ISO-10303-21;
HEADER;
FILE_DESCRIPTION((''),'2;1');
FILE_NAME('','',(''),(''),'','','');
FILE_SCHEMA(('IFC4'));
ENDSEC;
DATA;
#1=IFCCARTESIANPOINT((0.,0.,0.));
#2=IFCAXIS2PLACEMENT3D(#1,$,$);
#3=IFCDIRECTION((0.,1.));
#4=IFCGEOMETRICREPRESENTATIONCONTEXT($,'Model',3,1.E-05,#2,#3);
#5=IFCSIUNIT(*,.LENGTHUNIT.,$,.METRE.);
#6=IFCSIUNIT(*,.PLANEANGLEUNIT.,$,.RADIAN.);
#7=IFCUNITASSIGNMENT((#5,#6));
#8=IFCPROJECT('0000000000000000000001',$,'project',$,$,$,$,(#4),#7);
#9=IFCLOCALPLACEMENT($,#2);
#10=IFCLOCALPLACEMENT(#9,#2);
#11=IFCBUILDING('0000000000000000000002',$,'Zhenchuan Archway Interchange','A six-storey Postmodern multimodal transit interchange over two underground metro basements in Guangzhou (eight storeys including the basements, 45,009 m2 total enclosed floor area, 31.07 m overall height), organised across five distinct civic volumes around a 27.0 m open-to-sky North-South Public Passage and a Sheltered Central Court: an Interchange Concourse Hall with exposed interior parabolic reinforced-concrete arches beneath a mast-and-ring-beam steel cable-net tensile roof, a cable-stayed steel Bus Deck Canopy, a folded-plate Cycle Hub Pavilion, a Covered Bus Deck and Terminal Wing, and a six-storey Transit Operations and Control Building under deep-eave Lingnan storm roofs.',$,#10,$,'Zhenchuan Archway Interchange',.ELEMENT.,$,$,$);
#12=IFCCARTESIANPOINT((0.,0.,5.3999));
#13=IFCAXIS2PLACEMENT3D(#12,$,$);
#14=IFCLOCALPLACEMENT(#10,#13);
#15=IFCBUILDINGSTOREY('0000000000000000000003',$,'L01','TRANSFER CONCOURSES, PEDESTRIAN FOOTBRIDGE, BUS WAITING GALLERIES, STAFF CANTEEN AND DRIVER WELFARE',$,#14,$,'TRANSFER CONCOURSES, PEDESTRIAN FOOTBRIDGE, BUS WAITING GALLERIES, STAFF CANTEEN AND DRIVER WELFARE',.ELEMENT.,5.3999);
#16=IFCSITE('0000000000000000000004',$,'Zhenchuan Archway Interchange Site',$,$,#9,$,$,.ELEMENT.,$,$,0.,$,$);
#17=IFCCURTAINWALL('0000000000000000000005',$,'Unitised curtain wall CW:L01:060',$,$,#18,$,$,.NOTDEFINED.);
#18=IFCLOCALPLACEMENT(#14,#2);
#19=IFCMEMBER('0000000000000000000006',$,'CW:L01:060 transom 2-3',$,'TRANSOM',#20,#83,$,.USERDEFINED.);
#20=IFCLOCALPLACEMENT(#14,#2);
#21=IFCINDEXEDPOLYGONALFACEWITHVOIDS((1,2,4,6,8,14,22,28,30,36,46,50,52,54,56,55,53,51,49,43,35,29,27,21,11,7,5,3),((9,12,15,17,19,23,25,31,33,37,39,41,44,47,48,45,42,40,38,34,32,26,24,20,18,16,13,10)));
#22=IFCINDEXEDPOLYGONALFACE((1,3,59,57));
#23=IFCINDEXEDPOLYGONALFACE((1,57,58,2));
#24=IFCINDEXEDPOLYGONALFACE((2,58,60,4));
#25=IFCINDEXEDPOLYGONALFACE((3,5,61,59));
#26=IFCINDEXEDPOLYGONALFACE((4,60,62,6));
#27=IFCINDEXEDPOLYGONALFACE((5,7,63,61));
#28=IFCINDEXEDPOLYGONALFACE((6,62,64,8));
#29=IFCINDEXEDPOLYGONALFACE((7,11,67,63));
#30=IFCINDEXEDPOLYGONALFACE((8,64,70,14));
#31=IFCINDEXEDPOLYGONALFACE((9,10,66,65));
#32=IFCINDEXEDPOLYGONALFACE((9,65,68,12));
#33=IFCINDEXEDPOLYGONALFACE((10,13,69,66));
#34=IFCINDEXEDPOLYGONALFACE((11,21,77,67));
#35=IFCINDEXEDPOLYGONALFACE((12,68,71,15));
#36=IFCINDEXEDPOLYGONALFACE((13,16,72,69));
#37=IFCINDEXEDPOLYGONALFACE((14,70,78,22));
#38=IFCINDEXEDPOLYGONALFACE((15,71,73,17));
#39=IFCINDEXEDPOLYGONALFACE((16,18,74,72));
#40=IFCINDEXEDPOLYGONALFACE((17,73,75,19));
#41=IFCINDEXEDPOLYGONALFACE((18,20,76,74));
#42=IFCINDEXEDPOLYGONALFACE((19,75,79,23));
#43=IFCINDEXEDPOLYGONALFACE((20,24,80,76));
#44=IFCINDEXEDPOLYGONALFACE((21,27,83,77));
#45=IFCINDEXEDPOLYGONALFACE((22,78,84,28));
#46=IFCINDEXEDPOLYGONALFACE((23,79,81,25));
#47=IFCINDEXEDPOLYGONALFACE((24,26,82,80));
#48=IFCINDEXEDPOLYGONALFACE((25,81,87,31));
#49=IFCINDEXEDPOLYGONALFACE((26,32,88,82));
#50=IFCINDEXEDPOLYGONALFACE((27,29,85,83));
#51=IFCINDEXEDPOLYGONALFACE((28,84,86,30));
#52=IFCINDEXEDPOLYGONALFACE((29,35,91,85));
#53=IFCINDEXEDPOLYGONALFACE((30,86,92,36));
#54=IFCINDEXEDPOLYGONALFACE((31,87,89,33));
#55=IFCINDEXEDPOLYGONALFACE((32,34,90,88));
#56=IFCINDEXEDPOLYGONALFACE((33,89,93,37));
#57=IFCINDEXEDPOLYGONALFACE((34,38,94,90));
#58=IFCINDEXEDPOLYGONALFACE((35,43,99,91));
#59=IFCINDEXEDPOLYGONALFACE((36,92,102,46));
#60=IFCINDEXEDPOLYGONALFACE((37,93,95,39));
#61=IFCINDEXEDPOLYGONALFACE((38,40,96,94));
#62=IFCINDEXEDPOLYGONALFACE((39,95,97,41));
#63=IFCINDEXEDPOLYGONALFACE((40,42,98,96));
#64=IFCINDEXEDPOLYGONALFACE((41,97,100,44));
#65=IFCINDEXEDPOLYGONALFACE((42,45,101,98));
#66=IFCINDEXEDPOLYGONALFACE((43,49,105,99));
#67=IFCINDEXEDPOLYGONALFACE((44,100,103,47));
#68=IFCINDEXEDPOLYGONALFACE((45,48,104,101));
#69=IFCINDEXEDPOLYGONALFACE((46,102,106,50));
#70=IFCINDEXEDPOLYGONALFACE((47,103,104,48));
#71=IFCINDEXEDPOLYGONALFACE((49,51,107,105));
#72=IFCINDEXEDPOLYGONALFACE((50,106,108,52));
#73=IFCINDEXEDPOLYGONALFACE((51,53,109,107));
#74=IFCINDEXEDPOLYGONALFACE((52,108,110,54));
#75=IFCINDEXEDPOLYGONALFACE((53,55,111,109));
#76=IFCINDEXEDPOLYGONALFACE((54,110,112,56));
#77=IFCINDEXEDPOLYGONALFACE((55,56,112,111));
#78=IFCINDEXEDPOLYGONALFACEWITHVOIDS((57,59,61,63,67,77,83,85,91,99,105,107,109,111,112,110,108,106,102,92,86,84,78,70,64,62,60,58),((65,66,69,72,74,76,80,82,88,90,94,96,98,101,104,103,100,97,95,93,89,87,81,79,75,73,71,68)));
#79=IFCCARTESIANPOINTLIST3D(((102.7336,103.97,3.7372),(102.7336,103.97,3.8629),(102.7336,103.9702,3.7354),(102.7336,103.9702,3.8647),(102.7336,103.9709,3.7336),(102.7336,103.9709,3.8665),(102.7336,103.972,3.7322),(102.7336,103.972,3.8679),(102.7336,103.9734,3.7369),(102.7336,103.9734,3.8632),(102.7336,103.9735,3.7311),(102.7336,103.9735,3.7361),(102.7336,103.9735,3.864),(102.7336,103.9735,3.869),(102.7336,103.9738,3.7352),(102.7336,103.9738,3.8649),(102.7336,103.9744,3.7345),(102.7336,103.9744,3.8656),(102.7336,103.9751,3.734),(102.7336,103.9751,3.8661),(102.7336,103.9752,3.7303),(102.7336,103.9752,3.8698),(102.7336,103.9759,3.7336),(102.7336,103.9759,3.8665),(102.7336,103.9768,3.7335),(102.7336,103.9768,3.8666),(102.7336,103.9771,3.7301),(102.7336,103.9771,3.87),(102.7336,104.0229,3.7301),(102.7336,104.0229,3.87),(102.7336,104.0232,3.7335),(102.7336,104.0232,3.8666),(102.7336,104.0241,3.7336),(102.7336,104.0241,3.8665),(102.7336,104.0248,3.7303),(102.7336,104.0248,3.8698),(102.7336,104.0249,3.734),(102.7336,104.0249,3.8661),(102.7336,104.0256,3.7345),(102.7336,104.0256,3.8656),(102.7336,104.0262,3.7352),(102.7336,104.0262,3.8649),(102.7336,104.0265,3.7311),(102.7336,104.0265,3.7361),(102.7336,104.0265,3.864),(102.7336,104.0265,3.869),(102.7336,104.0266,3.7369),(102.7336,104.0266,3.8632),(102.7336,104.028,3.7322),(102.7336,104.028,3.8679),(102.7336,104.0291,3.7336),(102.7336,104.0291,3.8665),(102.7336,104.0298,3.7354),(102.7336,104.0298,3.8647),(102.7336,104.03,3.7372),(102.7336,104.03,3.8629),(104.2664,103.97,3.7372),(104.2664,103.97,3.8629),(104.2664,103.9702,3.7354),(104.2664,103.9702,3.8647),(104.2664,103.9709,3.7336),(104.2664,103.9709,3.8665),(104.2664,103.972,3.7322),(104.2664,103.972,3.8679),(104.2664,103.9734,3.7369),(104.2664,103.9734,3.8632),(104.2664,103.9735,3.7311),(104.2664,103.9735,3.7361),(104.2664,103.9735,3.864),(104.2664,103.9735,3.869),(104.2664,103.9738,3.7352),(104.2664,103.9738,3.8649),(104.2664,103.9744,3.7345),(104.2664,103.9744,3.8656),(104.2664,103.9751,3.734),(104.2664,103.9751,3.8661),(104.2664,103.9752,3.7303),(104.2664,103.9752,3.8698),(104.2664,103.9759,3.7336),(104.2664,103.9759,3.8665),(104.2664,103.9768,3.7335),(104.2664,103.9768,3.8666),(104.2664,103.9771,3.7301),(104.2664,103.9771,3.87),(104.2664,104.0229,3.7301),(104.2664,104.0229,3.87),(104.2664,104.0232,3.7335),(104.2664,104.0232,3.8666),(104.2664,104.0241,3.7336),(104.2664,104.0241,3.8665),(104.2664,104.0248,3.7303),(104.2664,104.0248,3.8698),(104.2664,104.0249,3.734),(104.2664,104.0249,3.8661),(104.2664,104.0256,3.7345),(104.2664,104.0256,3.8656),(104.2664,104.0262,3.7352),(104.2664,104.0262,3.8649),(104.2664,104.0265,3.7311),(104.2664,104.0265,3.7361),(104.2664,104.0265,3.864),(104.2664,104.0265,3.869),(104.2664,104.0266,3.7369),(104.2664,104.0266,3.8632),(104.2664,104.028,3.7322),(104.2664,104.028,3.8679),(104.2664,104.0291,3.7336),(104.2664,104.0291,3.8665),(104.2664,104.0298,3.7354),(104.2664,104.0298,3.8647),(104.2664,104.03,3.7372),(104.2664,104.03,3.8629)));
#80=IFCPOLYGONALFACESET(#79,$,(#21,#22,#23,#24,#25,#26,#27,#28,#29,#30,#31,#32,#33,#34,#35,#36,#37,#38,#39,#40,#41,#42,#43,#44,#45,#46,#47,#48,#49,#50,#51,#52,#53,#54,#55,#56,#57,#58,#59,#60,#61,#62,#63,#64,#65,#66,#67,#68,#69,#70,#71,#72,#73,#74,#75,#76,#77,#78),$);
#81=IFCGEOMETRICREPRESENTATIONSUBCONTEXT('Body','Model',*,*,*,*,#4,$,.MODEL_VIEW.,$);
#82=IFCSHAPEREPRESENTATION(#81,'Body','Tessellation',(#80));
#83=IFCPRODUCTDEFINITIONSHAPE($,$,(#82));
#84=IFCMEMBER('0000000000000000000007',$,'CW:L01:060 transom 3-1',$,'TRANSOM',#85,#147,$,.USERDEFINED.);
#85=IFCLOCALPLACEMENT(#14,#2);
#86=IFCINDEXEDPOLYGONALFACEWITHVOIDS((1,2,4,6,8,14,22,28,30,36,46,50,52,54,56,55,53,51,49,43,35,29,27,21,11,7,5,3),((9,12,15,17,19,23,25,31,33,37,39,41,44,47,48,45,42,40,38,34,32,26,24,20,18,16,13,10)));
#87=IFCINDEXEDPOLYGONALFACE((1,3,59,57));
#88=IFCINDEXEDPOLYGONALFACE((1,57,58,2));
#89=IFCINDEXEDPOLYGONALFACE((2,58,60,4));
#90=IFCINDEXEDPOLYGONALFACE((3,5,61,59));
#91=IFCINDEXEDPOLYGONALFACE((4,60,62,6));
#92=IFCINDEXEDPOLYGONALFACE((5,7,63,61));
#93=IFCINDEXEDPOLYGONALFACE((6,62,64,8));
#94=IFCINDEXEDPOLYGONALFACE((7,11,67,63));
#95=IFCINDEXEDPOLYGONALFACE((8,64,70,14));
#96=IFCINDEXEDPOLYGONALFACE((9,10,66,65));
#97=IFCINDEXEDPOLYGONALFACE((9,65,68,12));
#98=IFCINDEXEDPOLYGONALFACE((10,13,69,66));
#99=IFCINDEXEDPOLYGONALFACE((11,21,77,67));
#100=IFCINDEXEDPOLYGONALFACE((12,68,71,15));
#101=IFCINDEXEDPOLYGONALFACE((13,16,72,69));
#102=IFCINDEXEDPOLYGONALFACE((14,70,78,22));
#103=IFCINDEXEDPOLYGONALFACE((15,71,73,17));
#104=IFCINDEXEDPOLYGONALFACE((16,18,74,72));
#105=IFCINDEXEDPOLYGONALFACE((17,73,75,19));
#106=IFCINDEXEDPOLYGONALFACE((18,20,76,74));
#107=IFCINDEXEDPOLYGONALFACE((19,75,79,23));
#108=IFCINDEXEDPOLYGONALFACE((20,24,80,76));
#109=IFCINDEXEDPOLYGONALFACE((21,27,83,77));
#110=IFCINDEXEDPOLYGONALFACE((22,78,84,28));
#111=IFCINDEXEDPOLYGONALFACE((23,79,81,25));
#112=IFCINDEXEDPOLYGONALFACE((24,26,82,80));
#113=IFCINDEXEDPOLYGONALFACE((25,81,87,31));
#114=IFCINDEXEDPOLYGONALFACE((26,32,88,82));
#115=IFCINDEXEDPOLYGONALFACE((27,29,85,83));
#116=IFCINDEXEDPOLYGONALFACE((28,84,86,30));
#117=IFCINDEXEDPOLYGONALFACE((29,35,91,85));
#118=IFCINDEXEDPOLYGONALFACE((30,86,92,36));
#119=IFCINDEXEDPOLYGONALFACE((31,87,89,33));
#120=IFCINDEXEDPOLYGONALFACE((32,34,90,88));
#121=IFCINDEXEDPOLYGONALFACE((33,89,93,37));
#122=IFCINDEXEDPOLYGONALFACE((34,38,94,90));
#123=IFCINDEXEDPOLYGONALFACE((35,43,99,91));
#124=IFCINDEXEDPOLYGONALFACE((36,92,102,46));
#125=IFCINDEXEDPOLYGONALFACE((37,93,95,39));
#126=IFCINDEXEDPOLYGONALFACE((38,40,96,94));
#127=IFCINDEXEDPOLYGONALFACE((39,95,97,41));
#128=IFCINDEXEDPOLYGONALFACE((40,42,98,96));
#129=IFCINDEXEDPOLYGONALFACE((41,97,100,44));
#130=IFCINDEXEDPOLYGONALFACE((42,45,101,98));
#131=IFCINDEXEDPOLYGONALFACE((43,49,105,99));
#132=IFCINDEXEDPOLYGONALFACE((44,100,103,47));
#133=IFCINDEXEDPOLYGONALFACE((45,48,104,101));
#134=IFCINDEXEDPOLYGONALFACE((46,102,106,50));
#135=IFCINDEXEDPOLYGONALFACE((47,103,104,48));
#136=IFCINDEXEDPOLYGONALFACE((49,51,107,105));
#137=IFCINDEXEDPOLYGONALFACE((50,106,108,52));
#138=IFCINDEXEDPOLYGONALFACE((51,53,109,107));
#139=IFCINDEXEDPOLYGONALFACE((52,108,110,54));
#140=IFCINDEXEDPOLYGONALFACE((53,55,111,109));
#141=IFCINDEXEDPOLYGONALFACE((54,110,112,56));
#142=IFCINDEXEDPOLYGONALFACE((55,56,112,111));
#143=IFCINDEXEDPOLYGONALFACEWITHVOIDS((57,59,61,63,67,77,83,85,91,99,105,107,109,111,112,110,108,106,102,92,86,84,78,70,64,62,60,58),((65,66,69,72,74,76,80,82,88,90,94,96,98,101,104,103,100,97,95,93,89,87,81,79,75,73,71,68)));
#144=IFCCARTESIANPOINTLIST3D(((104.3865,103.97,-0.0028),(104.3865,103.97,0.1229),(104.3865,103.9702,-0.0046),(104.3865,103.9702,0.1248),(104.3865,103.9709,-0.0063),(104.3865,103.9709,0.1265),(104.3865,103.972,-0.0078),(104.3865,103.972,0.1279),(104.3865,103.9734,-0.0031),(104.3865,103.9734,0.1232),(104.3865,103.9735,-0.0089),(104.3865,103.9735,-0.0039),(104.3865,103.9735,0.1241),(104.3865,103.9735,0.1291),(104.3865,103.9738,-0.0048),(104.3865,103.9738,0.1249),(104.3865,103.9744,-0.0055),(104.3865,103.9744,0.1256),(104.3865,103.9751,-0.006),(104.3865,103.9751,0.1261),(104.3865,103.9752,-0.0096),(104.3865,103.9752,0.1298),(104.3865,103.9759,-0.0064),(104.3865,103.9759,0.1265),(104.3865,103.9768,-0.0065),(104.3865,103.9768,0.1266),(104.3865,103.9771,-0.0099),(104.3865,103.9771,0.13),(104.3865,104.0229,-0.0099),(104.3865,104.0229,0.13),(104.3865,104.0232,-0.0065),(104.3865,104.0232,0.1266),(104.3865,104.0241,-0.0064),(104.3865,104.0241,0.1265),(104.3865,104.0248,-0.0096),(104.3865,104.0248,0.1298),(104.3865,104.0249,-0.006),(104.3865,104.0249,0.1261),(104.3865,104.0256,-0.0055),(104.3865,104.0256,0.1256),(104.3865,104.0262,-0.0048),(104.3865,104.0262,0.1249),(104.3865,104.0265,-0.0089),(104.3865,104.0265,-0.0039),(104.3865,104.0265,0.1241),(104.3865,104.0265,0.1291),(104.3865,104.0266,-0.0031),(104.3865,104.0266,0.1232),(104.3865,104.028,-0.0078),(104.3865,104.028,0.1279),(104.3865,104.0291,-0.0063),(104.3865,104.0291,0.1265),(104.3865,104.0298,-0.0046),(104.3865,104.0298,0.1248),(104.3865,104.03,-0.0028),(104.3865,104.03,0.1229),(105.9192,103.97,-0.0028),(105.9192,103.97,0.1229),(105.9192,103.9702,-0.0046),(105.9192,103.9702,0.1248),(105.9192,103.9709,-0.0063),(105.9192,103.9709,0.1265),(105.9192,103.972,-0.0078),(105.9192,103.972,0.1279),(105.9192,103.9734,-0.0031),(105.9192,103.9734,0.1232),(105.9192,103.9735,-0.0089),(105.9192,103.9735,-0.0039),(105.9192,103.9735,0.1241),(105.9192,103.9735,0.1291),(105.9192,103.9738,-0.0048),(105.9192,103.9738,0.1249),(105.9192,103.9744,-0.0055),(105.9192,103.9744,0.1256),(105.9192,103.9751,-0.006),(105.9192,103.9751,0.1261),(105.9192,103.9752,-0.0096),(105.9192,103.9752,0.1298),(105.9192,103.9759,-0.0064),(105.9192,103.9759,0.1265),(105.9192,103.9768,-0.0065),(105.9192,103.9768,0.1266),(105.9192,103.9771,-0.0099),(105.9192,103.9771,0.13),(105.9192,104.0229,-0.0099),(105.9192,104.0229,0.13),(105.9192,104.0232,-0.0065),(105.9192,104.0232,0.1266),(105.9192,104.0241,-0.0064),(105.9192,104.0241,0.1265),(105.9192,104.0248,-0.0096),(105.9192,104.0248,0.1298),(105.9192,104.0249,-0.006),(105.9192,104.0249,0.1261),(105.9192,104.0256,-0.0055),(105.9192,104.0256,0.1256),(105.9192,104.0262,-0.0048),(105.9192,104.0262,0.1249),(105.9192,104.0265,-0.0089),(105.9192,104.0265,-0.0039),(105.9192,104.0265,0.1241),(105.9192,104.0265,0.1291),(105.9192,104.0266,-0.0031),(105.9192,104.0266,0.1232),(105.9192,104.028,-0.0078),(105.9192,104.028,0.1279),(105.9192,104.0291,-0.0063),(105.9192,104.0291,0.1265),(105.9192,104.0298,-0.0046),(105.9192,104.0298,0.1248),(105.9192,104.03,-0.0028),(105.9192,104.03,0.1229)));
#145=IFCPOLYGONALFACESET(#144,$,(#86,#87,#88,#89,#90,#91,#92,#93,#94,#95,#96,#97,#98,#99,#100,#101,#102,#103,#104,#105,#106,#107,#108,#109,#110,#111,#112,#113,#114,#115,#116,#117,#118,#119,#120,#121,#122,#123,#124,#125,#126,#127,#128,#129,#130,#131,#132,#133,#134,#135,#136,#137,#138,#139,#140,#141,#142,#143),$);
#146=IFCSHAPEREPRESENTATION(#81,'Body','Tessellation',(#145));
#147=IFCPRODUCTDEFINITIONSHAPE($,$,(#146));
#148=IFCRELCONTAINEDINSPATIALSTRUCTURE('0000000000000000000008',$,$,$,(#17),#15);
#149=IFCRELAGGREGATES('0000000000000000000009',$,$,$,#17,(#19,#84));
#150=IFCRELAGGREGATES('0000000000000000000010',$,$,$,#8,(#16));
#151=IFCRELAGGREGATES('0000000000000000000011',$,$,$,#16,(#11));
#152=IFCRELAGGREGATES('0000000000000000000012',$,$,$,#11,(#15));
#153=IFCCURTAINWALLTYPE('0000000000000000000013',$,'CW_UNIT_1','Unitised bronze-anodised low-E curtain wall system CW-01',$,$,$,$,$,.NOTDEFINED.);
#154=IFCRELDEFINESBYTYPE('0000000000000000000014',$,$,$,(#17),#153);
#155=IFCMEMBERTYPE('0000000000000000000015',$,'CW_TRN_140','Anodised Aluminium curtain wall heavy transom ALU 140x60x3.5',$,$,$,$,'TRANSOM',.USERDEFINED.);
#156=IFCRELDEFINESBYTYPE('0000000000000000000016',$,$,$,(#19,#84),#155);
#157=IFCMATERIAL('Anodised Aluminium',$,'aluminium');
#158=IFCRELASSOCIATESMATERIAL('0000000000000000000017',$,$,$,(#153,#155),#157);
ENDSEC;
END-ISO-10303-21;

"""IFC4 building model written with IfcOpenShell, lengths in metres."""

from ifc_helpers import new_model, si_unit, direction, frame, origin, origin_2d, place, context, subcontext, project, spatial, hollow_rectangle, extrude, material, material_profile, profile_set, type_object, element, aggregate, save


model = new_model("IFC4")

# Units and contexts
model_context = context("Model", 3, precision=1e-05, world=origin(), true_north=direction((0.0, 1.0)))
body_context = subcontext(model_context, "Body", "Model", "MODEL_VIEW")
ifc_project = project(units=[si_unit("LENGTHUNIT", "METRE"), si_unit("PLANEANGLEUNIT", "RADIAN")], contexts=[model_context])

# Site, building, storey
site_placement = place(None, origin())
site = spatial("IfcSite", under=ifc_project, at=site_placement, Name="Zhenchuan Archway Interchange Site", CompositionType="ELEMENT", RefElevation=0.0)
building_placement = place(site_placement, origin())
building = spatial("IfcBuilding", under=site, at=building_placement, Name="Zhenchuan Archway Interchange", Description="A six-storey Postmodern multimodal transit interchange over two underground metro basements in Guangzhou (eight storeys including the basements, 45,009 m2 total enclosed floor area, 31.07 m overall height), organised across five distinct civic volumes around a 27.0 m open-to-sky North-South Public Passage and a Sheltered Central Court: an Interchange Concourse Hall with exposed interior parabolic reinforced-concrete arches beneath a mast-and-ring-beam steel cable-net tensile roof, a cable-stayed steel Bus Deck Canopy, a folded-plate Cycle Hub Pavilion, a Covered Bus Deck and Terminal Wing, and a six-storey Transit Operations and Control Building under deep-eave Lingnan storm roofs.", LongName="Zhenchuan Archway Interchange", CompositionType="ELEMENT")
storey_placement = place(building_placement, frame((0.0, 0.0, 5.3999)))
storey = spatial("IfcBuildingStorey", under=building, at=storey_placement, Name="L01", Description="TRANSFER CONCOURSES, PEDESTRIAN FOOTBRIDGE, BUS WAITING GALLERIES, STAFF CANTEEN AND DRIVER WELFARE", LongName="TRANSFER CONCOURSES, PEDESTRIAN FOOTBRIDGE, BUS WAITING GALLERIES, STAFF CANTEEN AND DRIVER WELFARE", CompositionType="ELEMENT", Elevation=5.3999)

# Curtain wall, members
ifc_material_1 = material(Name="Anodised Aluminium", Category="aluminium")
curtain_wall_type = type_object("IfcCurtainWallType", Name="CW_UNIT_1", Description="Unitised bronze-anodised low-E curtain wall system CW-01", PredefinedType="NOTDEFINED", material=ifc_material_1)
curtain_wall_placement = place(storey_placement, origin())
curtain_wall = element("IfcCurtainWall", 1, at=curtain_wall_placement, inside=storey, type_object=curtain_wall_type, Name="Unitised curtain wall CW:L01:060", PredefinedType="NOTDEFINED")
ifc_material_profile_1 = material_profile(ifc_material_1, hollow_rectangle(XDim=0.0601, YDim=0.1399, WallThickness=0.0034, InnerFilletRadius=0.0034, OuterFilletRadius=0.0071, at=origin_2d()), Name="ALU 140x60x3.5")
ifc_profile_set_1 = profile_set([ifc_material_profile_1], Name="Anodised Aluminium")
member_type_1 = type_object("IfcMemberType", Name="CW_TRN_140", Description="Anodised Aluminium curtain wall heavy transom ALU 140x60x3.5", ElementType="TRANSOM", PredefinedType="USERDEFINED", material=ifc_profile_set_1)
member_1_placement = place(storey_placement, frame((102.7336, 104.0, 3.8), z_axis=(1.0, 0.0, 0.0), x_axis=(0.0, 1.0, 0.0)))
member_1 = element("IfcMember", 2, at=member_1_placement, type_object=member_type_1, Name="CW:L01:060 transom 2-3", ObjectType="TRANSOM", PredefinedType="USERDEFINED", context=body_context, shape_type="SweptSolid", body=[
    extrude(hollow_rectangle(XDim=0.0601, YDim=0.1399, WallThickness=0.0034, InnerFilletRadius=0.0034, OuterFilletRadius=0.0071, at=origin_2d()), origin(), (0.0, 0.0, 1.0), 1.5327),
])
member_2_placement = place(storey_placement, frame((104.3865, 104.0, 0.0601), z_axis=(1.0, 0.0, 0.0), x_axis=(0.0, 1.0, 0.0)))
member_2 = element("IfcMember", 3, at=member_2_placement, type_object=member_type_1, Name="CW:L01:060 transom 3-1", ObjectType="TRANSOM", PredefinedType="USERDEFINED", context=body_context, shape_type="SweptSolid", body=[
    extrude(hollow_rectangle(XDim=0.0601, YDim=0.1399, WallThickness=0.0034, InnerFilletRadius=0.0034, OuterFilletRadius=0.0071, at=origin_2d()), origin(), (0.0, 0.0, 1.0), 1.5327),
])
aggregate(curtain_wall, [member_1, member_2])

save(model, "model.ifc")
